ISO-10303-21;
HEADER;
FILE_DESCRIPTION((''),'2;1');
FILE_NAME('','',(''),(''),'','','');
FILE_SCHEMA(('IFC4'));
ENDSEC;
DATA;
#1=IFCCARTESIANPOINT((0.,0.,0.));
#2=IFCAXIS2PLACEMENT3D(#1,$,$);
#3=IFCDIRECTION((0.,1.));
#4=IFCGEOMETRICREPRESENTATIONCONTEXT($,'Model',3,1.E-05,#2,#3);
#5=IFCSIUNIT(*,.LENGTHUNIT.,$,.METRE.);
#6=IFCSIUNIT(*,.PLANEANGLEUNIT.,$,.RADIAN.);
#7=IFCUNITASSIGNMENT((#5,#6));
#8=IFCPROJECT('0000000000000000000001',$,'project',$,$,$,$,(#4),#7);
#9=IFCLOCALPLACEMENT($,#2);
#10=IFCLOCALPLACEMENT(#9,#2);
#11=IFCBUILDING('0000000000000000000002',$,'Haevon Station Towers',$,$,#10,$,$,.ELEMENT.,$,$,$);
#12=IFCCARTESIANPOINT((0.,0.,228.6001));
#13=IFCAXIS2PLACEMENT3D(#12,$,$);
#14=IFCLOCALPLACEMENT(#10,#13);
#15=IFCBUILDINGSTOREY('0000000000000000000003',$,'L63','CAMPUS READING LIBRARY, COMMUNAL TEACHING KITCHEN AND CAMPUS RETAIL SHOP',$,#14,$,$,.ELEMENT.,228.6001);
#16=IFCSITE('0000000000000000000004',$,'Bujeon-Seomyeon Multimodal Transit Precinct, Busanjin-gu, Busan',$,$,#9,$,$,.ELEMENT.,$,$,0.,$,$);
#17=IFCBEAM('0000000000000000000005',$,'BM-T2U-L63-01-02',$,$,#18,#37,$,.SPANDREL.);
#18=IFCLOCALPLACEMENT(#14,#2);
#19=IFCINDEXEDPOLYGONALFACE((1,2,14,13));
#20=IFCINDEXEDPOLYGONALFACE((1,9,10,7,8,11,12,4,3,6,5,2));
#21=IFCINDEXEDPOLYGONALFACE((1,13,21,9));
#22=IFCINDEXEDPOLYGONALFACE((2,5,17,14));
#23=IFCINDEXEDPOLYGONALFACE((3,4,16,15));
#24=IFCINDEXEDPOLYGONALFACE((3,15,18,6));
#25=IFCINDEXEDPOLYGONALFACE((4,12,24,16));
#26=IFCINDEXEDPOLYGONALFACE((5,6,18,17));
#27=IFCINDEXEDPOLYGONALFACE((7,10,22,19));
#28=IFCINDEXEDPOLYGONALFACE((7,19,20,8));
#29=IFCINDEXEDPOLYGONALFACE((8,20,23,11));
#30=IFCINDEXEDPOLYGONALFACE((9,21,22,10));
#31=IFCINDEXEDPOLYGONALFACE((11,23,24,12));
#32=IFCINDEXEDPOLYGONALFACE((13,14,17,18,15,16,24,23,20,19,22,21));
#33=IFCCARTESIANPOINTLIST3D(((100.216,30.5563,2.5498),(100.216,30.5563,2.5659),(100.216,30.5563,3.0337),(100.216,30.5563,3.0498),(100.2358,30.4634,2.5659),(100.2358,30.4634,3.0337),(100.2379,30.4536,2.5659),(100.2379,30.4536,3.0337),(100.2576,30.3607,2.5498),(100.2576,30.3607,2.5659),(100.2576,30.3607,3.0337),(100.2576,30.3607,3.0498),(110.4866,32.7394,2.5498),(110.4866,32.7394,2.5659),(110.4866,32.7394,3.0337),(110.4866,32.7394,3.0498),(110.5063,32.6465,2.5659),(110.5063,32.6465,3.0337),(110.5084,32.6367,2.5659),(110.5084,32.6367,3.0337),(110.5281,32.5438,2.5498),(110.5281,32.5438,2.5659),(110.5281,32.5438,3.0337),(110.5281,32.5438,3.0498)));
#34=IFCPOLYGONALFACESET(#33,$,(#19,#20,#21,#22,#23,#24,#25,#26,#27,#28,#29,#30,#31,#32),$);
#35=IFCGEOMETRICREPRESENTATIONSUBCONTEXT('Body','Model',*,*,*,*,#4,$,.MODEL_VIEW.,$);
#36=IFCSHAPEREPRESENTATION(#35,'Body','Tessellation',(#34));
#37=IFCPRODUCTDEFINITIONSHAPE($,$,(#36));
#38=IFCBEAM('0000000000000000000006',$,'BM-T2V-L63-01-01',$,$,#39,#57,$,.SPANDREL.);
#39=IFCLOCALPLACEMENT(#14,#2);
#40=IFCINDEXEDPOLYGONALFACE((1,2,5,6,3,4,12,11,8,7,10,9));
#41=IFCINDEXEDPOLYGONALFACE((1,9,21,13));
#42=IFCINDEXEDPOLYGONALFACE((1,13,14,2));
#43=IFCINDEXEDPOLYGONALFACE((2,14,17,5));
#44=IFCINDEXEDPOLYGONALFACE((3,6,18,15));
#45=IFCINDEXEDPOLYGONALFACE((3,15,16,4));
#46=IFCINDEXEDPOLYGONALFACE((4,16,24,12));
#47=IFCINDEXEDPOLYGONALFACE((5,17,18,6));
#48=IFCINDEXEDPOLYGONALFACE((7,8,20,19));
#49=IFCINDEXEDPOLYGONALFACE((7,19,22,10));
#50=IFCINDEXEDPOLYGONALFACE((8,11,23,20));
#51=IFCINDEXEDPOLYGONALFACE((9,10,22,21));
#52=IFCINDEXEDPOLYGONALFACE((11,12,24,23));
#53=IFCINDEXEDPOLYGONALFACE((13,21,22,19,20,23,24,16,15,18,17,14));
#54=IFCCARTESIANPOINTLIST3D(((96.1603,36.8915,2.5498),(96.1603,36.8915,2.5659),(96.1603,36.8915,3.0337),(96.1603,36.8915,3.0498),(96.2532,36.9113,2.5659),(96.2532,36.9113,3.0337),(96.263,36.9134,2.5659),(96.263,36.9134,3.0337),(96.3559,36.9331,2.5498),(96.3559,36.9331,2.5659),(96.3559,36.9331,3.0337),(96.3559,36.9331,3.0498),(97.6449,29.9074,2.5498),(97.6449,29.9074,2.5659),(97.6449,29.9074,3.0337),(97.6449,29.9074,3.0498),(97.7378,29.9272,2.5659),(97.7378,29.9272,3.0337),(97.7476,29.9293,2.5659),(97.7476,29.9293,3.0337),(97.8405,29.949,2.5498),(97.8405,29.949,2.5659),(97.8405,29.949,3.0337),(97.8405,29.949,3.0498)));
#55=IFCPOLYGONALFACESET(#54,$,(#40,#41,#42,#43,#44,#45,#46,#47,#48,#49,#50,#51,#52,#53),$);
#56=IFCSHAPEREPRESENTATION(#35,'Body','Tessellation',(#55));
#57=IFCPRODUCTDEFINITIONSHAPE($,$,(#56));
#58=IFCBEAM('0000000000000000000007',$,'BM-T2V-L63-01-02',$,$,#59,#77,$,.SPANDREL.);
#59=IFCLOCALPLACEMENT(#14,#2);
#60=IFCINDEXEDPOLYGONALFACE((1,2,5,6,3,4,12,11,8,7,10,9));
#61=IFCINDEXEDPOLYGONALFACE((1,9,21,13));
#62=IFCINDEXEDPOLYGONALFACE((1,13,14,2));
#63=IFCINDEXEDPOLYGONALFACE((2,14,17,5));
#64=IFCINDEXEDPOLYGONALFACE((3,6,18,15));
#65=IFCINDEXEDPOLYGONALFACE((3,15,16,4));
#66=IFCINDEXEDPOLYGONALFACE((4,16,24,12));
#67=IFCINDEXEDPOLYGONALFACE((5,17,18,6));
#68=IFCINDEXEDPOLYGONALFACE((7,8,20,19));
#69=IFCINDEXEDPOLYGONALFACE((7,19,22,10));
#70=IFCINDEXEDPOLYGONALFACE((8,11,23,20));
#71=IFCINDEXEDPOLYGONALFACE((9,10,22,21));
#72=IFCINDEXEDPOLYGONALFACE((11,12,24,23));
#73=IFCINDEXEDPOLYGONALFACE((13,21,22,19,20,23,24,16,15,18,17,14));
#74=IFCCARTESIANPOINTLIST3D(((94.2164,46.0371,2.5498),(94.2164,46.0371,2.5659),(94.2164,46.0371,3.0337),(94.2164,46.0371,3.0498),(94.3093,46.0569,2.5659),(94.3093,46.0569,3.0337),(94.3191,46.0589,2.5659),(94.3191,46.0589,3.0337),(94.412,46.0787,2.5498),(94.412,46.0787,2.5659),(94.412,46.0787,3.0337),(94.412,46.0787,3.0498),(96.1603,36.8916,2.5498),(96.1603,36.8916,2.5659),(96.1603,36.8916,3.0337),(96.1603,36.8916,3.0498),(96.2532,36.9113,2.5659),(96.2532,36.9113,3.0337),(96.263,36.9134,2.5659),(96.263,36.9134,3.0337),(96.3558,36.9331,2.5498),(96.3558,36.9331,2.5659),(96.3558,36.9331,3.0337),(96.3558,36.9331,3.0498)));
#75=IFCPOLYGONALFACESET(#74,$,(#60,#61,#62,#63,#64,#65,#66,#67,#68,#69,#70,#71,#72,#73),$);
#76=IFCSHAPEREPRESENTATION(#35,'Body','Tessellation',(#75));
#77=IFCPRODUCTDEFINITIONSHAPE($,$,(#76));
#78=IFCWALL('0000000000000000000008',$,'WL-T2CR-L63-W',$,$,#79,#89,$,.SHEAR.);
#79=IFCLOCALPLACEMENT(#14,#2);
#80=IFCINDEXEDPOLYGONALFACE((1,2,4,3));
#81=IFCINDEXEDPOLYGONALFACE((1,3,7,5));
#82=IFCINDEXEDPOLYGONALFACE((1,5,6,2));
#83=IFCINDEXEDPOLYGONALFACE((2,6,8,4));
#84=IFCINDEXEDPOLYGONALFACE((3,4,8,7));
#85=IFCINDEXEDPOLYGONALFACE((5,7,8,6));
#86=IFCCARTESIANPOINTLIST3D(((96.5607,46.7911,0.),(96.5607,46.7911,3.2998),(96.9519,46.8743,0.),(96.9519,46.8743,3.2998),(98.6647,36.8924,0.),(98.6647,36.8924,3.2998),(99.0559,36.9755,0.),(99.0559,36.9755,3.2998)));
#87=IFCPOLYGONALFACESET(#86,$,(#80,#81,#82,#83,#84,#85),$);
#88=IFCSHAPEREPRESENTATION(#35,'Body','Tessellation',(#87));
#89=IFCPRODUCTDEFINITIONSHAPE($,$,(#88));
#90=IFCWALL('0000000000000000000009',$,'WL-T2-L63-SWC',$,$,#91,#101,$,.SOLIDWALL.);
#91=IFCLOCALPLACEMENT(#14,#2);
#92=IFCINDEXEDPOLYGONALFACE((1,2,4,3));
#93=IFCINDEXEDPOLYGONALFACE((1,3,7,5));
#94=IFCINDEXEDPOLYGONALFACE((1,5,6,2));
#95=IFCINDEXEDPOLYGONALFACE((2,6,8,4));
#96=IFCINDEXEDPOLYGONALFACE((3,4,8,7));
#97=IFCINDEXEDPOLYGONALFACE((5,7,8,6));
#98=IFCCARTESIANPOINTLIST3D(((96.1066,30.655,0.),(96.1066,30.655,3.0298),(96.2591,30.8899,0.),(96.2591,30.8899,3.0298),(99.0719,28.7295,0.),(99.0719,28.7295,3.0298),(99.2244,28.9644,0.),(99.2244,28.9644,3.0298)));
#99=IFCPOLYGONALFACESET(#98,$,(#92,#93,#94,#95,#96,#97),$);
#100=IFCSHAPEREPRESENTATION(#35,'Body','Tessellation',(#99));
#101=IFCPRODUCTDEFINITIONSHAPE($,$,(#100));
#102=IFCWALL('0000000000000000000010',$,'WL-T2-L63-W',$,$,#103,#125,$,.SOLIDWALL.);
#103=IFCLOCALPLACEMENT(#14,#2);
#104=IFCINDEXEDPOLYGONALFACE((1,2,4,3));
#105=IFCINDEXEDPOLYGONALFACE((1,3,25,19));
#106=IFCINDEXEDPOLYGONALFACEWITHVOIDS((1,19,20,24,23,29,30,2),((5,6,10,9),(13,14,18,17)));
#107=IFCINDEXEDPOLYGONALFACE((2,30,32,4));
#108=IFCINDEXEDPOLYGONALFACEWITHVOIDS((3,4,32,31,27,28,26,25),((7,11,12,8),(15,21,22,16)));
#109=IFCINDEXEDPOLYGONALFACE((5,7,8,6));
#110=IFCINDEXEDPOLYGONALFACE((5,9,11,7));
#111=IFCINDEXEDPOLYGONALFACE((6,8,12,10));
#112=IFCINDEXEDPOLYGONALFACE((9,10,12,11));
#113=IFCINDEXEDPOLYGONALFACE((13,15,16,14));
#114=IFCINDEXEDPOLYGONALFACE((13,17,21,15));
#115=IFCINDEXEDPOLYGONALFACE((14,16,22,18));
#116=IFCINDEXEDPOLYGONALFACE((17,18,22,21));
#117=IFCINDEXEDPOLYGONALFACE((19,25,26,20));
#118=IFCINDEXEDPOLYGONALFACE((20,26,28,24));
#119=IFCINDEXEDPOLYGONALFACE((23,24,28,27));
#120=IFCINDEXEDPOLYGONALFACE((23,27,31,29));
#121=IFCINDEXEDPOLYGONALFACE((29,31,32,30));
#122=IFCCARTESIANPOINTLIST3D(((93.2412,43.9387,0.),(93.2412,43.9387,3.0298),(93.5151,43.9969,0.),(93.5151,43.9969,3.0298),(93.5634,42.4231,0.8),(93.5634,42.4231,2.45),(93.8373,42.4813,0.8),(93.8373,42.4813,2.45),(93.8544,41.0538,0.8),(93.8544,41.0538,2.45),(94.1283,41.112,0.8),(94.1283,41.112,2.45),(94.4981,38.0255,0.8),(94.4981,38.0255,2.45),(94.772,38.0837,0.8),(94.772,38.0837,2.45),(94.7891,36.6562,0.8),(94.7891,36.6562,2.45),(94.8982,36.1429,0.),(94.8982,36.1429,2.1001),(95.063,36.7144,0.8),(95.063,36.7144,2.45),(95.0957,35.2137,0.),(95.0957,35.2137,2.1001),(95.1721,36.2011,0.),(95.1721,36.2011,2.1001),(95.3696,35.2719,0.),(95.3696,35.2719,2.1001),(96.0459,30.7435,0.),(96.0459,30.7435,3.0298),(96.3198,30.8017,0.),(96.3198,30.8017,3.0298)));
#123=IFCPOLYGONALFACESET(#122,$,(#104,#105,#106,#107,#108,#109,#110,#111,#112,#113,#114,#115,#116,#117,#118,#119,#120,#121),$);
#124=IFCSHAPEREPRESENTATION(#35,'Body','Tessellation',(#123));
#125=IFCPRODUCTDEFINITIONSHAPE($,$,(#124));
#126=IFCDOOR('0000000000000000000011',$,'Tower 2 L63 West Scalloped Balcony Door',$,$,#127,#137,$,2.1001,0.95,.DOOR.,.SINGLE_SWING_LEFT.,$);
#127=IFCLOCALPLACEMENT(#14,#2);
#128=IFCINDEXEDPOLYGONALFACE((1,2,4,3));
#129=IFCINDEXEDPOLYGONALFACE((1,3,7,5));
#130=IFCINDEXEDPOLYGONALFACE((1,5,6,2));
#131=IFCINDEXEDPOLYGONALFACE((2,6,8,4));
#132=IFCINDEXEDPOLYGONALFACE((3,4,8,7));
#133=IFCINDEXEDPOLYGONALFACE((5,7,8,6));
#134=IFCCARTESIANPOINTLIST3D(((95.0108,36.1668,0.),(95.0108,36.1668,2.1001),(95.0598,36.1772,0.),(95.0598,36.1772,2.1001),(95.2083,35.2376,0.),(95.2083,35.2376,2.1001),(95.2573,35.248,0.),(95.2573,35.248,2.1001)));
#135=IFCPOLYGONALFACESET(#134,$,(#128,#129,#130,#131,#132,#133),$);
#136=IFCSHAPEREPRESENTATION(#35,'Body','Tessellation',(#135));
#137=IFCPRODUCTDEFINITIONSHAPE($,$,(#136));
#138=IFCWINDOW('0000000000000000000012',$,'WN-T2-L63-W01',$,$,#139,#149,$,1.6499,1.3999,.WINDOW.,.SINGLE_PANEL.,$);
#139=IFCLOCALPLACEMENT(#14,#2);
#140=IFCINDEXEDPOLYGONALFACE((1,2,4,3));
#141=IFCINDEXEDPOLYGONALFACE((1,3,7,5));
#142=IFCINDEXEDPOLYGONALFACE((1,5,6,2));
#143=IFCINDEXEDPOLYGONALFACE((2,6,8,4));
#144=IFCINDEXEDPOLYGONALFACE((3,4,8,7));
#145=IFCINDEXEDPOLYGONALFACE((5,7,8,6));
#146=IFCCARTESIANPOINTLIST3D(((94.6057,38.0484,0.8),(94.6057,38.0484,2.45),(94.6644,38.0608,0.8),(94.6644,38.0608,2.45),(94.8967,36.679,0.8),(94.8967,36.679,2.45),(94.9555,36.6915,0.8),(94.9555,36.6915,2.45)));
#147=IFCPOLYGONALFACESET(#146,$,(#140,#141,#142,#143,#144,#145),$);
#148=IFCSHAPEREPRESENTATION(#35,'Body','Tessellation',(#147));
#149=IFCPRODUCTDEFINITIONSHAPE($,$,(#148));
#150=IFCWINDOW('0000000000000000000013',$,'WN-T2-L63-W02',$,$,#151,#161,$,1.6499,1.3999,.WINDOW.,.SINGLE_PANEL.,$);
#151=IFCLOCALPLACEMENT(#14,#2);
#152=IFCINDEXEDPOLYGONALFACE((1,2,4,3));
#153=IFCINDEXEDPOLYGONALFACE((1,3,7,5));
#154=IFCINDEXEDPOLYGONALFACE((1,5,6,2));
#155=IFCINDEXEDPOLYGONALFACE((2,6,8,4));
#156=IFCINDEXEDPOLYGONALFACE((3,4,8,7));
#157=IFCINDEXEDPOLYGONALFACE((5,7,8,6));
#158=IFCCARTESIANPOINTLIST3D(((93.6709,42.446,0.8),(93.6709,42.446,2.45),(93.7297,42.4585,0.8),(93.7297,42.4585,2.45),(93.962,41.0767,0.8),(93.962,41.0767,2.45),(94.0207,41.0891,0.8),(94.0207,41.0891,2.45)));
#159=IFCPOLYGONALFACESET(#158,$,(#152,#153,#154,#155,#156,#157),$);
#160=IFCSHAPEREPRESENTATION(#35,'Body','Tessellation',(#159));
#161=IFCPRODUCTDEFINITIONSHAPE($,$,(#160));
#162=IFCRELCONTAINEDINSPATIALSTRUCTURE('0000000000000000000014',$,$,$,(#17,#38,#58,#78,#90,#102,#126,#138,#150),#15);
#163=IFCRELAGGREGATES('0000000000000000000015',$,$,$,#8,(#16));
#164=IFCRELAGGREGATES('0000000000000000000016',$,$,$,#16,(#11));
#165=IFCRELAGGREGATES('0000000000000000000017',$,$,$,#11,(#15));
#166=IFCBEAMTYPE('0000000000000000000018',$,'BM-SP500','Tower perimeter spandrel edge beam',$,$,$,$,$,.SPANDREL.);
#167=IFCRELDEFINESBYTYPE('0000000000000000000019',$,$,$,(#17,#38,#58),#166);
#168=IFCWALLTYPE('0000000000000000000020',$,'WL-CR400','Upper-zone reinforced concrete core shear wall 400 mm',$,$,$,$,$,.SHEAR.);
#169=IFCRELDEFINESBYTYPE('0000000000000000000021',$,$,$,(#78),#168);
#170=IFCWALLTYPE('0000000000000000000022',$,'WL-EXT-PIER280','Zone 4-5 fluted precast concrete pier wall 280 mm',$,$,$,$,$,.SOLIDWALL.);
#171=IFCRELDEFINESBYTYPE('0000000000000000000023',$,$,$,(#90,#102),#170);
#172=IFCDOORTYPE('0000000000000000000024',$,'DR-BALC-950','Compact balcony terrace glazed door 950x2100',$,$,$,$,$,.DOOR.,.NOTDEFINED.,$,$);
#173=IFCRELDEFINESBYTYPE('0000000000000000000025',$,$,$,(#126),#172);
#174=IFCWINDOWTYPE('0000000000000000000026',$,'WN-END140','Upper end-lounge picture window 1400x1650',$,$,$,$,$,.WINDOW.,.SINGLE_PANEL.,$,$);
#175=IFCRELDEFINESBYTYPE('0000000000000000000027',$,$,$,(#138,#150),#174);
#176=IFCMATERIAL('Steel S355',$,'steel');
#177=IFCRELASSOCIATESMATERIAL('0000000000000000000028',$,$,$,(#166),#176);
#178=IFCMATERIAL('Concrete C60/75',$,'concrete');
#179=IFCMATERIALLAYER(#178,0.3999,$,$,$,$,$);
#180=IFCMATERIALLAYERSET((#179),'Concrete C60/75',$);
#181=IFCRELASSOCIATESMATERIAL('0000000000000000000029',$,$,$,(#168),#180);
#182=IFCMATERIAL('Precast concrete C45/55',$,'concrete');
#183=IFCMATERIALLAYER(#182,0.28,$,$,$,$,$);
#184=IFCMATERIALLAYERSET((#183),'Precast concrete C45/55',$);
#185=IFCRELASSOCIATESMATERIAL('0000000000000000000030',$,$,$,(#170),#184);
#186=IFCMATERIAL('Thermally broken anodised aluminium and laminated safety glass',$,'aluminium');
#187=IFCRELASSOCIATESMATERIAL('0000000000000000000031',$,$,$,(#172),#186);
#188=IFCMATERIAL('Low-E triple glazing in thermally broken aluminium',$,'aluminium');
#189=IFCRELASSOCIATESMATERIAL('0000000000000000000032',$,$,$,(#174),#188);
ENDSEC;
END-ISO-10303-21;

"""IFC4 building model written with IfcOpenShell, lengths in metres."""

from ifc_helpers import new_model, si_unit, direction, frame, frame_2d, origin, origin_2d, place, context, subcontext, project, spatial, rectangle, i_section, extrude, material, layer, layer_set, material_profile, profile_set, type_object, element, fill, save


model = new_model("IFC4")

# Units and contexts
model_context = context("Model", 3, precision=1e-05, world=origin(), true_north=direction((0.0, 1.0)))
body_context = subcontext(model_context, "Body", "Model", "MODEL_VIEW")
ifc_project = project(units=[si_unit("LENGTHUNIT", "METRE"), si_unit("PLANEANGLEUNIT", "RADIAN")], contexts=[model_context])

# Site, building, storey
site_placement = place(None, origin())
site = spatial("IfcSite", under=ifc_project, at=site_placement, Name="Bujeon-Seomyeon Multimodal Transit Precinct, Busanjin-gu, Busan", CompositionType="ELEMENT", RefElevation=0.0)
building_placement = place(site_placement, origin())
building = spatial("IfcBuilding", under=site, at=building_placement, Name="Haevon Station Towers", CompositionType="ELEMENT")
storey_placement = place(building_placement, frame((0.0, 0.0, 228.6001)))
storey = spatial("IfcBuildingStorey", under=building, at=storey_placement, Name="L63", Description="CAMPUS READING LIBRARY, COMMUNAL TEACHING KITCHEN AND CAMPUS RETAIL SHOP", CompositionType="ELEMENT", Elevation=228.6001)

# Shared definitions
ifc_material_1 = material(Name="Steel S355", Category="steel")

# Beams
ifc_material_profile_1 = material_profile(ifc_material_1, i_section(OverallWidth=0.2, OverallDepth=0.5, WebThickness=0.01, FlangeThickness=0.0161, at=origin_2d()), Name="H-500x200x10x16")
ifc_profile_set_1 = profile_set([ifc_material_profile_1], Name="Steel S355")
beam_type_1 = type_object("IfcBeamType", Name="BM-SP500", Description="Tower perimeter spandrel edge beam", PredefinedType="SPANDREL", material=ifc_profile_set_1)
beam_1_placement = place(storey_placement, frame((100.2368, 30.4585, 2.7998), z_axis=(0.978147, 0.207915, 0.0), x_axis=(-0.207915, 0.978147, 0.0)))
element("IfcBeam", 1, at=beam_1_placement, inside=storey, type_object=beam_type_1, Name="BM-T2U-L63-01-02", PredefinedType="SPANDREL", context=body_context, shape_type="SweptSolid", body=[
    extrude(i_section(OverallWidth=0.2, OverallDepth=0.5, WebThickness=0.01, FlangeThickness=0.0161, at=origin_2d()), origin(), (0.0, 0.0, 1.0), 10.5),
])
beam_2_placement = place(storey_placement, frame((97.7427, 29.9282, 2.7998), z_axis=(-0.207925, 0.978145, 0.0), x_axis=(-0.978145, -0.207925, 0.0)))
element("IfcBeam", 2, at=beam_2_placement, inside=storey, type_object=beam_type_1, Name="BM-T2V-L63-01-01", PredefinedType="SPANDREL", context=body_context, shape_type="SweptSolid", body=[
    extrude(i_section(OverallWidth=0.2, OverallDepth=0.5, WebThickness=0.01, FlangeThickness=0.0161, at=origin_2d()), origin(), (0.0, 0.0, 1.0), 7.1401),
])
beam_3_placement = place(storey_placement, frame((96.2581, 36.9124, 2.7998), z_axis=(-0.207902, 0.97815, 0.0), x_axis=(-0.97815, -0.207902, 0.0)))
element("IfcBeam", 3, at=beam_3_placement, inside=storey, type_object=beam_type_1, Name="BM-T2V-L63-01-02", PredefinedType="SPANDREL", context=body_context, shape_type="SweptSolid", body=[
    extrude(i_section(OverallWidth=0.2, OverallDepth=0.5, WebThickness=0.01, FlangeThickness=0.0161, at=origin_2d()), origin(), (0.0, 0.0, 1.0), 9.3499),
])

# Walls
ifc_material_2 = material(Name="Concrete C60/75", Category="concrete")
ifc_layer_1 = layer(ifc_material_2, 0.3999)
ifc_layer_set_1 = layer_set([ifc_layer_1], Name="Concrete C60/75")
wall_type_1 = type_object("IfcWallType", Name="WL-CR400", Description="Upper-zone reinforced concrete core shear wall 400 mm", PredefinedType="SHEAR", material=ifc_layer_set_1)
wall_1_placement = place(storey_placement, frame((98.8604, 36.9338, 0.0), z_axis=(0.0, 0.0, 1.0), x_axis=(-0.207909, 0.978148, 0.0)))
element("IfcWall", 4, at=wall_1_placement, inside=storey, type_object=wall_type_1, Name="WL-T2CR-L63-W", PredefinedType="SHEAR", context=body_context, shape_type="SweptSolid", body=[
    extrude(rectangle(XDim=10.1199, YDim=0.3999, at=frame_2d((5.0601, 0.0))), origin(), (0.0, 0.0, 1.0), 3.2998),
])
ifc_material_3 = material(Name="Precast concrete C45/55", Category="concrete")
ifc_layer_2 = layer(ifc_material_3, 0.28)
ifc_layer_set_2 = layer_set([ifc_layer_2], Name="Precast concrete C45/55")
wall_type_2 = type_object("IfcWallType", Name="WL-EXT-PIER280", Description="Zone 4-5 fluted precast concrete pier wall 280 mm", PredefinedType="SOLIDWALL", material=ifc_layer_set_2)
wall_2_placement = place(storey_placement, frame((99.1482, 28.8469, 0.0), z_axis=(0.0, 0.0, 1.0), x_axis=(-0.838693, 0.544605, 0.0)))
element("IfcWall", 5, at=wall_2_placement, inside=storey, type_object=wall_type_2, Name="WL-T2-L63-SWC", PredefinedType="SOLIDWALL", context=body_context, shape_type="SweptSolid", body=[
    extrude(rectangle(XDim=3.5356, YDim=0.28, at=frame_2d((1.7678, 0.0))), origin(), (0.0, 0.0, 1.0), 3.0298),
])

# Wall, openings, door, windows
wall_3_placement = place(storey_placement, frame((96.1829, 30.7725, 0.0), z_axis=(0.0, 0.0, 1.0), x_axis=(-0.207907, 0.978149, 0.0)))
wall_3 = element("IfcWall", 6, at=wall_3_placement, inside=storey, type_object=wall_type_2, Name="WL-T2-L63-W", PredefinedType="SOLIDWALL", context=body_context, shape_type="SweptSolid", body=[
    extrude(rectangle(XDim=13.49, YDim=0.28, at=frame_2d((6.7451, 0.0))), origin(), (0.0, 0.0, 1.0), 3.0298),
])
opening_1_placement = place(wall_3_placement, frame((4.5701, 0.0, 0.0)))
opening_1 = element("IfcOpeningElement", 7, at=opening_1_placement, cuts=wall_3, PredefinedType="OPENING", context=body_context, shape_type="SweptSolid", body=[
    extrude(rectangle(XDim=0.95, YDim=2.1001, at=frame_2d((0.4751, 1.05))), frame((0.0, 0.1499, 0.0), z_axis=(0.0, -1.0, 0.0), x_axis=(1.0, 0.0, 0.0)), (0.0, 0.0, 1.0), 0.3),
])
opening_2_placement = place(wall_3_placement, frame((6.0449, 0.0, 0.8)))
opening_2 = element("IfcOpeningElement", 8, at=opening_2_placement, cuts=wall_3, PredefinedType="OPENING", context=body_context, shape_type="SweptSolid", body=[
    extrude(rectangle(XDim=1.3999, YDim=1.6499, at=frame_2d((0.7, 0.825))), frame((0.0, 0.1499, 0.0), z_axis=(0.0, -1.0, 0.0), x_axis=(1.0, 0.0, 0.0)), (0.0, 0.0, 1.0), 0.3),
])
opening_3_placement = place(wall_3_placement, frame((10.5408, 0.0, 0.8)))
opening_3 = element("IfcOpeningElement", 9, at=opening_3_placement, cuts=wall_3, PredefinedType="OPENING", context=body_context, shape_type="SweptSolid", body=[
    extrude(rectangle(XDim=1.3999, YDim=1.6499, at=frame_2d((0.7, 0.825))), frame((0.0, 0.1499, 0.0), z_axis=(0.0, -1.0, 0.0), x_axis=(1.0, 0.0, 0.0)), (0.0, 0.0, 1.0), 0.3),
])
ifc_material_4 = material(Name="Thermally broken anodised aluminium and laminated safety glass", Category="aluminium")
door_type_1 = type_object("IfcDoorType", Name="DR-BALC-950", Description="Compact balcony terrace glazed door 950x2100", OperationType="NOTDEFINED", PredefinedType="DOOR", material=ifc_material_4)
door_1_placement = place(opening_1_placement, origin())
door_1 = element("IfcDoor", 10, at=door_1_placement, inside=storey, type_object=door_type_1, Name="Tower 2 L63 West Scalloped Balcony Door", OperationType="SINGLE_SWING_LEFT", OverallHeight=2.1001, OverallWidth=0.95, PredefinedType="DOOR", context=body_context, shape_type="SweptSolid", body=[
    extrude(rectangle(XDim=0.95, YDim=2.1001, at=frame_2d((0.4751, 1.05))), frame((0.0, 0.0249, 0.0), z_axis=(0.0, -1.0, 0.0), x_axis=(1.0, 0.0, 0.0)), (0.0, 0.0, 1.0), 0.05),
])
fill(opening_1, door_1)
ifc_material_5 = material(Name="Low-E triple glazing in thermally broken aluminium", Category="aluminium")
window_type = type_object("IfcWindowType", Name="WN-END140", Description="Upper end-lounge picture window 1400x1650", PartitioningType="SINGLE_PANEL", PredefinedType="WINDOW", material=ifc_material_5)
window_1_placement = place(opening_2_placement, origin())
window_1 = element("IfcWindow", 11, at=window_1_placement, inside=storey, type_object=window_type, Name="WN-T2-L63-W01", OverallHeight=1.6499, OverallWidth=1.3999, PartitioningType="SINGLE_PANEL", PredefinedType="WINDOW", context=body_context, shape_type="SweptSolid", body=[
    extrude(rectangle(XDim=1.3999, YDim=1.6499, at=frame_2d((0.7, 0.825))), frame((0.0, 0.03, 0.0), z_axis=(0.0, -1.0, 0.0), x_axis=(1.0, 0.0, 0.0)), (0.0, 0.0, 1.0), 0.0601),
])
fill(opening_2, window_1)
window_2_placement = place(opening_3_placement, origin())
window_2 = element("IfcWindow", 12, at=window_2_placement, inside=storey, type_object=window_type, Name="WN-T2-L63-W02", OverallHeight=1.6499, OverallWidth=1.3999, PartitioningType="SINGLE_PANEL", PredefinedType="WINDOW", context=body_context, shape_type="SweptSolid", body=[
    extrude(rectangle(XDim=1.3999, YDim=1.6499, at=frame_2d((0.7, 0.825))), frame((0.0, 0.03, 0.0), z_axis=(0.0, -1.0, 0.0), x_axis=(1.0, 0.0, 0.0)), (0.0, 0.0, 1.0), 0.0601),
])
fill(opening_3, window_2)

save(model, "model.ifc")
